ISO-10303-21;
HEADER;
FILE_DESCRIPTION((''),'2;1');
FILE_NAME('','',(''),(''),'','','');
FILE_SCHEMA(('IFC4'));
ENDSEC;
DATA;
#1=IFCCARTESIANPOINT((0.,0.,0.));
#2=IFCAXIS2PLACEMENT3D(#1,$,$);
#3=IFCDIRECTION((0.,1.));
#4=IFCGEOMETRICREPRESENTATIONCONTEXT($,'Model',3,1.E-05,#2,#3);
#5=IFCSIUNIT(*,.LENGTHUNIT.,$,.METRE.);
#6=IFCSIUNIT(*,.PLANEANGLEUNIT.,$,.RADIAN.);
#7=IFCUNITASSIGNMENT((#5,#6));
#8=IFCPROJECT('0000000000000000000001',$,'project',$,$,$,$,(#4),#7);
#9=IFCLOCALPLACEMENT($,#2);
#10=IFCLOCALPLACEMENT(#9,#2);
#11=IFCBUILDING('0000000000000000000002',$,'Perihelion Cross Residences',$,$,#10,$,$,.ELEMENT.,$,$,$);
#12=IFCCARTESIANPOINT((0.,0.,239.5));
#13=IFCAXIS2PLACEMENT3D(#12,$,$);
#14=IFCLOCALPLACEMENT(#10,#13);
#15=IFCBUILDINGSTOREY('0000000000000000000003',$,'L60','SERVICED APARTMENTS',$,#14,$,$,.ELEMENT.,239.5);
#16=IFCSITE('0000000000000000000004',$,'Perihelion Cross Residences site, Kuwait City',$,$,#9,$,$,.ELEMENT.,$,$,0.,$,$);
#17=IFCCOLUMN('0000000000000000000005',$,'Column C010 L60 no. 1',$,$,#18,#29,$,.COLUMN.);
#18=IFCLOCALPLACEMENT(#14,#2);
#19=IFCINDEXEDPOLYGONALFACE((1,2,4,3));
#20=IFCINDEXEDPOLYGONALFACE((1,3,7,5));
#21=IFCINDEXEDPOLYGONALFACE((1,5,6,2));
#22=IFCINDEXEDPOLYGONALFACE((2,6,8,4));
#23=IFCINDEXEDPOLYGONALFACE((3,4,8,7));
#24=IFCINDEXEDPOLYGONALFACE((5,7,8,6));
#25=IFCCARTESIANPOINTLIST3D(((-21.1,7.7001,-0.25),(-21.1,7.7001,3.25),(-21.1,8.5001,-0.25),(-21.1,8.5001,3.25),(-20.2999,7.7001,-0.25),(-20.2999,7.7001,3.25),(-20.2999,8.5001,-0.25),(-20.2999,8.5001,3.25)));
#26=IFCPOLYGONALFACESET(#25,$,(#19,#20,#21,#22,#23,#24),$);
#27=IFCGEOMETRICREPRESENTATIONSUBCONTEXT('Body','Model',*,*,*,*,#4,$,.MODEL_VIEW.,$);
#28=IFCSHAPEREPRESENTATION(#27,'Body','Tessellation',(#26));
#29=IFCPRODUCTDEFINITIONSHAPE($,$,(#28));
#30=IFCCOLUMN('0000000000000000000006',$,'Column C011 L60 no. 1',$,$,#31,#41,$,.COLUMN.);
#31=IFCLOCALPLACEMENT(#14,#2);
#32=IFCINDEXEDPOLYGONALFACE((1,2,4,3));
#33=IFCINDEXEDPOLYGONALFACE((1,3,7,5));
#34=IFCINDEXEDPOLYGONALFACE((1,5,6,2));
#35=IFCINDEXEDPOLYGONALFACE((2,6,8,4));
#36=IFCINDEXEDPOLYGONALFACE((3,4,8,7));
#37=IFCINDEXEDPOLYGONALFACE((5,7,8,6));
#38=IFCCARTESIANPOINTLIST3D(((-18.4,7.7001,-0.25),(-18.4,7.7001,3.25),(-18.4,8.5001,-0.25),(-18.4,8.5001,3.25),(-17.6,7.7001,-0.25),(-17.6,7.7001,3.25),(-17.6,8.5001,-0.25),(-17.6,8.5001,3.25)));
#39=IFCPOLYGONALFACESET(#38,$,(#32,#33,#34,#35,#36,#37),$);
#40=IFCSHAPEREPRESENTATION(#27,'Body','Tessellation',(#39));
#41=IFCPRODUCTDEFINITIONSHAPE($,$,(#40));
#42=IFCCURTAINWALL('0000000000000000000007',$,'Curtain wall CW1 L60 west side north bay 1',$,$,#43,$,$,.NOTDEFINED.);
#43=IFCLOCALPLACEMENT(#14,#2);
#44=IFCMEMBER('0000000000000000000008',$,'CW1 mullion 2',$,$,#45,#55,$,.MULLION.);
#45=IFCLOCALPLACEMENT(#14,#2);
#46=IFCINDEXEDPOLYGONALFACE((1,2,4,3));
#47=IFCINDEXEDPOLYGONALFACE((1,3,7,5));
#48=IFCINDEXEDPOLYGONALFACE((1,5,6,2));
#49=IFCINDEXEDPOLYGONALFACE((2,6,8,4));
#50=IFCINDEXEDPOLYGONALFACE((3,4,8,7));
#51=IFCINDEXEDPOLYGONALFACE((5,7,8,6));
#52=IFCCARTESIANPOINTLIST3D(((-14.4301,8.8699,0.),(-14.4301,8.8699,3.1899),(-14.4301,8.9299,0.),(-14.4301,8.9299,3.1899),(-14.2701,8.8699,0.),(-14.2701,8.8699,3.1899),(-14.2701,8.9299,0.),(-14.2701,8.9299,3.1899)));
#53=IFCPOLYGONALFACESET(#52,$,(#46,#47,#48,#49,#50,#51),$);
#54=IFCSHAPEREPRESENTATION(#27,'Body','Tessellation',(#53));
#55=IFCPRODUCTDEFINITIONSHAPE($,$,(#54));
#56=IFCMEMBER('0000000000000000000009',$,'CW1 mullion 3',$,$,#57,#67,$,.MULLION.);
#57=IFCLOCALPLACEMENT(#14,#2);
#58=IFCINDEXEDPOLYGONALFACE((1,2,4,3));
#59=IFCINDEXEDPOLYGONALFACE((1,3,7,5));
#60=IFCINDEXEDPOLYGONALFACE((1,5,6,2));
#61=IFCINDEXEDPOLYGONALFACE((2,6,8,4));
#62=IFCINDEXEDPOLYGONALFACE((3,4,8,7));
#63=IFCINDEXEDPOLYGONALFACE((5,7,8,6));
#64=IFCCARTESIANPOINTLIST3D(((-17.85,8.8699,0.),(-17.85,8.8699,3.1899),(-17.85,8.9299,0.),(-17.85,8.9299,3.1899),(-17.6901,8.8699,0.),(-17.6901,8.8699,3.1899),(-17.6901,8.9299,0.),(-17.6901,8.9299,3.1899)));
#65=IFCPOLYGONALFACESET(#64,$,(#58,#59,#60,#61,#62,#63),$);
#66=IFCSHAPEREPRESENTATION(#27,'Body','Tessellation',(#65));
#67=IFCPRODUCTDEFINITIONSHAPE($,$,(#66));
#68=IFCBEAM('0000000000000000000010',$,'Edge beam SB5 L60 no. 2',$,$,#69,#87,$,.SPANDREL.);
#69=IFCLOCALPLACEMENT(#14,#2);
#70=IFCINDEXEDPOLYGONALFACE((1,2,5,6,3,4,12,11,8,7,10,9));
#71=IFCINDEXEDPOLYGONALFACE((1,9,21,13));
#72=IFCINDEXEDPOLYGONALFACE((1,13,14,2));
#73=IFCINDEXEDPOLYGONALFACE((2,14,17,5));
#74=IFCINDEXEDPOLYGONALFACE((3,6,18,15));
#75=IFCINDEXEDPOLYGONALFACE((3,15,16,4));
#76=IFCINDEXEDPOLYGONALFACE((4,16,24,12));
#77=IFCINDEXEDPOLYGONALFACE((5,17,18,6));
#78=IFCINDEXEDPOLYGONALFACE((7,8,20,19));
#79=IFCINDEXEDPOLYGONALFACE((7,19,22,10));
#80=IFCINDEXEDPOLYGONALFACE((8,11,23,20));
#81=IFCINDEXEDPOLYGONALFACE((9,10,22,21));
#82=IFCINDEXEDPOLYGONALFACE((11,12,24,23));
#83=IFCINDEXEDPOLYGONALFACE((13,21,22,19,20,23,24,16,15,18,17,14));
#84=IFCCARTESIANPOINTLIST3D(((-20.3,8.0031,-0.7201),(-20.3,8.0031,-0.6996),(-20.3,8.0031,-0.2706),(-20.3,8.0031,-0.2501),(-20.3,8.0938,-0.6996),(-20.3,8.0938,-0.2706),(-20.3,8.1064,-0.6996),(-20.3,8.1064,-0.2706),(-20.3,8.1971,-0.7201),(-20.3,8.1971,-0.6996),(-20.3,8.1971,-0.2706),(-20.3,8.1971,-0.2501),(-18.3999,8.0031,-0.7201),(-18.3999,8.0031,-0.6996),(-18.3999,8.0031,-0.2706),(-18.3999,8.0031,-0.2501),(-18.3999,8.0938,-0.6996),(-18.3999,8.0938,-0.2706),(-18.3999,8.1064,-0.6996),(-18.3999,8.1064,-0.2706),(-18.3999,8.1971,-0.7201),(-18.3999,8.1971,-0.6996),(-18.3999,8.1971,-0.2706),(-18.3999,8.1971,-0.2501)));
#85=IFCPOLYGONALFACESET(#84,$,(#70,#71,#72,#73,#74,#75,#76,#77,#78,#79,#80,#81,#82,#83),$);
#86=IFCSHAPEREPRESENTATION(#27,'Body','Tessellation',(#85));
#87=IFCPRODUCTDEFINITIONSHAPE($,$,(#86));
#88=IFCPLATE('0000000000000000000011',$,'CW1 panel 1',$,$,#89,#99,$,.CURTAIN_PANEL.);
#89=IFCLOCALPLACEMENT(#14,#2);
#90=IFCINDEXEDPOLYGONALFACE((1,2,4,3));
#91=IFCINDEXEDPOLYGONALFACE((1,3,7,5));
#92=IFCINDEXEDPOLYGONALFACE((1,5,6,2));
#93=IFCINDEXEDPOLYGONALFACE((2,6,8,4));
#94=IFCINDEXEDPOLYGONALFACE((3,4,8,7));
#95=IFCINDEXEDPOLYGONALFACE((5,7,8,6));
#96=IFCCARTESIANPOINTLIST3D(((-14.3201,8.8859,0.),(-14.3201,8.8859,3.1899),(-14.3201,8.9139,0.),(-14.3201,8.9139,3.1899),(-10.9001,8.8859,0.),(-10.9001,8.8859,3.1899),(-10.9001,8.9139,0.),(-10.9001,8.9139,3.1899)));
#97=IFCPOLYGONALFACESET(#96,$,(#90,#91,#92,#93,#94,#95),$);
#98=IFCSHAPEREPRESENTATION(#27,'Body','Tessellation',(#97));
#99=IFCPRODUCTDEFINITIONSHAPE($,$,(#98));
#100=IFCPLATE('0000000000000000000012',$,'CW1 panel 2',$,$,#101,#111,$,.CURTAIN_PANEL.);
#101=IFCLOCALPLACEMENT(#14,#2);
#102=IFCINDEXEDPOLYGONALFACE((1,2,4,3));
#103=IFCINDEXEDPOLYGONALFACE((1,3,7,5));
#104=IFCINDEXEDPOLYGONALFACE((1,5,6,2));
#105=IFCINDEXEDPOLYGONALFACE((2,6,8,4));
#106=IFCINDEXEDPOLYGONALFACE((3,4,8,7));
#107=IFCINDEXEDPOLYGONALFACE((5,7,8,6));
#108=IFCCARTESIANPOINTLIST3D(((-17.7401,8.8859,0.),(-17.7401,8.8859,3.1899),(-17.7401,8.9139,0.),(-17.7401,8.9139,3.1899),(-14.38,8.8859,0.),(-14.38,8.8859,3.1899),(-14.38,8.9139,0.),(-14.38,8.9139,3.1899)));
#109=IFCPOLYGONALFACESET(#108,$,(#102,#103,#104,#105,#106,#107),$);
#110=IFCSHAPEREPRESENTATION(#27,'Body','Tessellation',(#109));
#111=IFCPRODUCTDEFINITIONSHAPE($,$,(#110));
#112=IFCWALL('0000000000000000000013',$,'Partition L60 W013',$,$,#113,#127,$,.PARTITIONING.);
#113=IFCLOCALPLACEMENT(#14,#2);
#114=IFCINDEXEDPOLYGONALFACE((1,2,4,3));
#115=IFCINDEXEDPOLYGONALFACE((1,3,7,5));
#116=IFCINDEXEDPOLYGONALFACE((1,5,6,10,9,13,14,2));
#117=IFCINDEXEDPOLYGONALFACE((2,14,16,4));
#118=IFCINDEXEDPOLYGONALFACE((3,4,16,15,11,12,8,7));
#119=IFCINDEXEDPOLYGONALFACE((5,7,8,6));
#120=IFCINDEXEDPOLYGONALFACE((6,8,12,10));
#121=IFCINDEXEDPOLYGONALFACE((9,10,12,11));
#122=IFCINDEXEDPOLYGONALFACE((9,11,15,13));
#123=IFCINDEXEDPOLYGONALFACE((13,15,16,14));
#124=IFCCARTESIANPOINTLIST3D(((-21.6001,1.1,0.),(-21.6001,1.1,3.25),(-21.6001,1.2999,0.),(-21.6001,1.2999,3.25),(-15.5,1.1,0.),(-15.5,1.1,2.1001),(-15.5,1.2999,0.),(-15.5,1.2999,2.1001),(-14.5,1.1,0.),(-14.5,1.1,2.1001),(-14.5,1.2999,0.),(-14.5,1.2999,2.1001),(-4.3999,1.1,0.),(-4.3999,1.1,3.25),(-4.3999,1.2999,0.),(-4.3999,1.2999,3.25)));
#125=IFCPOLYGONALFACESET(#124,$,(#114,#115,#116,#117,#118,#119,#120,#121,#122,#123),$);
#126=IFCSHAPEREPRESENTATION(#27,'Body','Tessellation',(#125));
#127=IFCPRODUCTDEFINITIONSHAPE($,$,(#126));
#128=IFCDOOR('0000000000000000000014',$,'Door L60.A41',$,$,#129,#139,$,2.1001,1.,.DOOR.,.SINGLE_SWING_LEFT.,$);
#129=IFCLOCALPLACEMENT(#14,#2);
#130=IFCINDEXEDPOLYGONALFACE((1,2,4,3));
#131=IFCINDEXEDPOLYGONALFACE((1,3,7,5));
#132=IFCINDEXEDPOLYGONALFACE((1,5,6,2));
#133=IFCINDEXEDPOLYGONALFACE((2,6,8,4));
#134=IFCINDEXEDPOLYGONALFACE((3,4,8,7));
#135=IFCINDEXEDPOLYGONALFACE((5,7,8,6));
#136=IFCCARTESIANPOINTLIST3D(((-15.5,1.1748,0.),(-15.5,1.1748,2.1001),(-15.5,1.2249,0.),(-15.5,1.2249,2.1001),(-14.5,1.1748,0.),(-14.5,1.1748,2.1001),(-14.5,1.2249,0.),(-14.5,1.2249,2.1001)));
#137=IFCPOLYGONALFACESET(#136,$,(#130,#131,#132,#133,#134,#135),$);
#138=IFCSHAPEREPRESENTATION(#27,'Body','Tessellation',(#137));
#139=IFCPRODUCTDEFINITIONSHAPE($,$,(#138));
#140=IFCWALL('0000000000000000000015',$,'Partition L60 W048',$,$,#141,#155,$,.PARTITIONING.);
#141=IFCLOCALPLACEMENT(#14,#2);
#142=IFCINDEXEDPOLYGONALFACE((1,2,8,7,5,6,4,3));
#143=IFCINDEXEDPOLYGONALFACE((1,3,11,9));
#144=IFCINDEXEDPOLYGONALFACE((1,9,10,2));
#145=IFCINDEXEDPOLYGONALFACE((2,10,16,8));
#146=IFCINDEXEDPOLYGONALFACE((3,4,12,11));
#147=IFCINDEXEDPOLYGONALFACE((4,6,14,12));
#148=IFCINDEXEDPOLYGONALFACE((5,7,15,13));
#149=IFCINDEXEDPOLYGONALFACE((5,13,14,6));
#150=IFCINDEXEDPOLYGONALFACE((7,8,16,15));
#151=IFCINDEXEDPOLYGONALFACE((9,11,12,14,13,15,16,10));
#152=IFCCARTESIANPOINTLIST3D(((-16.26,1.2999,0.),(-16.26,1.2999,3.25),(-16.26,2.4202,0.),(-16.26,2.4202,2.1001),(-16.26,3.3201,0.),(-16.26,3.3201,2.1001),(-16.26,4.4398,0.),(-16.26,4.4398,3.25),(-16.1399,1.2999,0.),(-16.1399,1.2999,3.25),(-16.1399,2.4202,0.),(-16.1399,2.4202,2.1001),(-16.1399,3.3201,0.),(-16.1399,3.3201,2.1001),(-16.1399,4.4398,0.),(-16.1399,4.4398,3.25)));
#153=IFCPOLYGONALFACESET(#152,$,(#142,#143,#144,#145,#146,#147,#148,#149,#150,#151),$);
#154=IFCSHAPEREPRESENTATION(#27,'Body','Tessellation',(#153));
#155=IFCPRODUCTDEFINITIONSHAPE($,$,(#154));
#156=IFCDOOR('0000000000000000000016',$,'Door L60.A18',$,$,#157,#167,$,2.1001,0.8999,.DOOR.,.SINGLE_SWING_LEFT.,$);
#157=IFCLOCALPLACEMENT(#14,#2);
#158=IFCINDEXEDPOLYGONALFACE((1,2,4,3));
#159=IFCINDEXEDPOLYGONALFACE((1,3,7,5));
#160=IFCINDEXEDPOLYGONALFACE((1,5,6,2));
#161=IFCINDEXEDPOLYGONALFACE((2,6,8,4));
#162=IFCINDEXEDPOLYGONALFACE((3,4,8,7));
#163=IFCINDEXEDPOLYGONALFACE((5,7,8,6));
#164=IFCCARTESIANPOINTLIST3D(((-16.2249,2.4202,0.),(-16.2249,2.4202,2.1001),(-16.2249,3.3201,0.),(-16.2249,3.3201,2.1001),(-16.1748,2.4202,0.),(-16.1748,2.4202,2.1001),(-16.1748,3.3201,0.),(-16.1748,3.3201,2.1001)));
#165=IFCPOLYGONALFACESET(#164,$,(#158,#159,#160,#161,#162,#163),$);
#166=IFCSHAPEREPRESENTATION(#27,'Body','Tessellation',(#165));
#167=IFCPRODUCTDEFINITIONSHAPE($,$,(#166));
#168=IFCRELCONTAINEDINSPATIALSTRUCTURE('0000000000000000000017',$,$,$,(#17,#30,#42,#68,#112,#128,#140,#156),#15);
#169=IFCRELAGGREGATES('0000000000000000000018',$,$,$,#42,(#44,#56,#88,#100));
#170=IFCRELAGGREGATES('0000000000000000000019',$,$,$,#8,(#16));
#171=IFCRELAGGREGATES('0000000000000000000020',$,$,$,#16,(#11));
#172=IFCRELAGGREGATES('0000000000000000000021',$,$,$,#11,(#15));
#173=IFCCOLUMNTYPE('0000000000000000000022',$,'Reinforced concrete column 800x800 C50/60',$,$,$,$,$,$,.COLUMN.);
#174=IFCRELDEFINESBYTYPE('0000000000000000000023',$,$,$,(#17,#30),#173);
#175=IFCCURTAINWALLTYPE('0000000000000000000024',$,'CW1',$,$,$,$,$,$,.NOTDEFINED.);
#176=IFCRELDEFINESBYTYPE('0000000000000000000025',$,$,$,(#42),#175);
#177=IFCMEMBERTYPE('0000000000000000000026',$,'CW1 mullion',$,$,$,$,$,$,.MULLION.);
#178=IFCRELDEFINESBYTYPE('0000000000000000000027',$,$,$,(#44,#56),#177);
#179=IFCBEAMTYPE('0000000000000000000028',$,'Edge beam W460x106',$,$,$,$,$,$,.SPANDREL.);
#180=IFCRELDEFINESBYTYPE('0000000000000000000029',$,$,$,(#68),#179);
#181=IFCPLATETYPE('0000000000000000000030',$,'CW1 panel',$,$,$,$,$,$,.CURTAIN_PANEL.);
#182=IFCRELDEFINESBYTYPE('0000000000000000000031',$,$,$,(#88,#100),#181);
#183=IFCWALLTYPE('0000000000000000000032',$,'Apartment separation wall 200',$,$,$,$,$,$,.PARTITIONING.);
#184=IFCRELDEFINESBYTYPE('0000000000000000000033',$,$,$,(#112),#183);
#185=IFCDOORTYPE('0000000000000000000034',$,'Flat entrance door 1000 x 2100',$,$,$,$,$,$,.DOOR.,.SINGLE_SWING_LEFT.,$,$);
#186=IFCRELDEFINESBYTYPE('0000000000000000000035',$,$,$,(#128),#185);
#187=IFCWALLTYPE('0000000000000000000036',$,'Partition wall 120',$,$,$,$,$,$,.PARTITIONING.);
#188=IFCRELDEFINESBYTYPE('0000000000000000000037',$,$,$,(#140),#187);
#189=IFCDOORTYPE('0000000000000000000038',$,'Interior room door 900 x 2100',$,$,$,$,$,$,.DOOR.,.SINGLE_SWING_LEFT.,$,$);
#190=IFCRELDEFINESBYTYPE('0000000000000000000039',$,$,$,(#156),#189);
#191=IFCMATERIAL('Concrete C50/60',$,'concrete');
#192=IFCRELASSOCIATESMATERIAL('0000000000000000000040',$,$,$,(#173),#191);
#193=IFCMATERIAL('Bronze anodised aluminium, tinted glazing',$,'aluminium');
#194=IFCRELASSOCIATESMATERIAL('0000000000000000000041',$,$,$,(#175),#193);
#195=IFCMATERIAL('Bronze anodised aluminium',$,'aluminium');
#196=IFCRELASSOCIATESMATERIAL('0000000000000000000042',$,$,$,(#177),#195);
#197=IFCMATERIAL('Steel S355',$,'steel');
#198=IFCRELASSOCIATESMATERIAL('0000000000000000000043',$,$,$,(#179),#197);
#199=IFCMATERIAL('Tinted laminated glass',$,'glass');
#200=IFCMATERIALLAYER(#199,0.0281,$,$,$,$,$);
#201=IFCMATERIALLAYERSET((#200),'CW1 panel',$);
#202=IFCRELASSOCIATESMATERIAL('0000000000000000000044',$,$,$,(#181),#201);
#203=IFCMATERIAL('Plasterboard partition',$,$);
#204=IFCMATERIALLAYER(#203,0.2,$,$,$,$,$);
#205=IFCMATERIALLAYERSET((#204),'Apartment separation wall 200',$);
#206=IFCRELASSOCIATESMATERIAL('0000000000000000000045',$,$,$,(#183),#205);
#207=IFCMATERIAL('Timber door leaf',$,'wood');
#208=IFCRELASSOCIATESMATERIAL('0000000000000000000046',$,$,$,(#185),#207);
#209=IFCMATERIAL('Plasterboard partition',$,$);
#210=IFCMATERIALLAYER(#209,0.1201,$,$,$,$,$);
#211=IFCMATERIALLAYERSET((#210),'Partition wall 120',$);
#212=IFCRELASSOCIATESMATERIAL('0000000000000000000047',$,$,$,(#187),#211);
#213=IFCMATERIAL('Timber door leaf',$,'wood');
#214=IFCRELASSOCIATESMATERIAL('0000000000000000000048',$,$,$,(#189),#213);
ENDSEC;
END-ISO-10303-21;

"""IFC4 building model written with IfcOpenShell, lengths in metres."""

from ifc_helpers import new_model, si_unit, direction, frame, frame_2d, origin, origin_2d, place, context, subcontext, project, spatial, rectangle, i_section, extrude, material, layer, layer_set, material_profile, profile_set, type_object, element, fill, aggregate, save


model = new_model("IFC4")

# Units and contexts
model_context = context("Model", 3, precision=1e-05, world=origin(), true_north=direction((0.0, 1.0)))
body_context = subcontext(model_context, "Body", "Model", "MODEL_VIEW")
ifc_project = project(units=[si_unit("LENGTHUNIT", "METRE"), si_unit("PLANEANGLEUNIT", "RADIAN")], contexts=[model_context])

# Site, building, storey
site_placement = place(None, origin())
site = spatial("IfcSite", under=ifc_project, at=site_placement, Name="Perihelion Cross Residences site, Kuwait City", CompositionType="ELEMENT", RefElevation=0.0)
building_placement = place(site_placement, origin())
building = spatial("IfcBuilding", under=site, at=building_placement, Name="Perihelion Cross Residences", CompositionType="ELEMENT")
storey_placement = place(building_placement, frame((0.0, 0.0, 239.5)))
storey = spatial("IfcBuildingStorey", under=building, at=storey_placement, Name="L60", Description="SERVICED APARTMENTS", CompositionType="ELEMENT", Elevation=239.5)

# Columns
ifc_material_1 = material(Name="Concrete C50/60", Category="concrete")
ifc_material_profile_1 = material_profile(ifc_material_1, rectangle(XDim=0.8, YDim=0.8, at=origin_2d()), Name="RC 800x800")
ifc_profile_set_1 = profile_set([ifc_material_profile_1], Name="Concrete C50/60")
column_type = type_object("IfcColumnType", Name="Reinforced concrete column 800x800 C50/60", PredefinedType="COLUMN", material=ifc_profile_set_1)
for number, where, z_axis, x_axis, name in (
    (1, (-20.7, 8.1001, -0.25), (0.0, 0.0, 1.0), (1.0, 0.0, 0.0), "Column C010 L60 no. 1"),
    (2, (-18.0, 8.1001, -0.25), (0.0, 0.0, 1.0), (1.0, 0.0, 0.0), "Column C011 L60 no. 1"),
):
    element("IfcColumn", number, at=place(storey_placement, frame(where, z_axis=z_axis, x_axis=x_axis)), inside=storey, type_object=column_type, Name=name, PredefinedType="COLUMN", context=body_context, shape_type="SweptSolid", body=[
        extrude(rectangle(XDim=0.8, YDim=0.8, at=origin_2d()), origin(), (0.0, 0.0, 1.0), 3.5),
    ])

# Curtain wall, members
ifc_material_2 = material(Name="Bronze anodised aluminium, tinted glazing", Category="aluminium")
curtain_wall_type = type_object("IfcCurtainWallType", Name="CW1", PredefinedType="NOTDEFINED", material=ifc_material_2)
curtain_wall_placement = place(storey_placement, origin())
curtain_wall = element("IfcCurtainWall", 3, at=curtain_wall_placement, inside=storey, type_object=curtain_wall_type, Name="Curtain wall CW1 L60 west side north bay 1", PredefinedType="NOTDEFINED")
ifc_material_3 = material(Name="Bronze anodised aluminium", Category="aluminium")
ifc_material_profile_2 = material_profile(ifc_material_3, rectangle(XDim=0.0601, YDim=0.1599, at=origin_2d()), Name="CW1 mullion")
ifc_profile_set_2 = profile_set([ifc_material_profile_2], Name="Bronze anodised aluminium")
member_type = type_object("IfcMemberType", Name="CW1 mullion", PredefinedType="MULLION", material=ifc_profile_set_2)
member_1_placement = place(storey_placement, frame((-14.3501, 8.8999, 0.0), z_axis=(0.0, 0.0, 1.0), x_axis=(0.0, -1.0, 0.0)))
member_1 = element("IfcMember", 4, at=member_1_placement, type_object=member_type, Name="CW1 mullion 2", PredefinedType="MULLION", context=body_context, shape_type="SweptSolid", body=[
    extrude(rectangle(XDim=0.0601, YDim=0.1599, at=origin_2d()), origin(), (0.0, 0.0, 1.0), 3.1899),
])
member_2_placement = place(storey_placement, frame((-17.77, 8.8999, 0.0), z_axis=(0.0, 0.0, 1.0), x_axis=(0.0, -1.0, 0.0)))
member_2 = element("IfcMember", 5, at=member_2_placement, type_object=member_type, Name="CW1 mullion 3", PredefinedType="MULLION", context=body_context, shape_type="SweptSolid", body=[
    extrude(rectangle(XDim=0.0601, YDim=0.1599, at=origin_2d()), origin(), (0.0, 0.0, 1.0), 3.1899),
])

# Beam
ifc_material_4 = material(Name="Steel S355", Category="steel")
ifc_material_profile_3 = material_profile(ifc_material_4, i_section(OverallWidth=0.1941, OverallDepth=0.47, WebThickness=0.0127, FlangeThickness=0.0205, at=origin_2d()), Name="W460x106")
ifc_profile_set_3 = profile_set([ifc_material_profile_3], Name="Steel S355")
beam_type = type_object("IfcBeamType", Name="Edge beam W460x106", PredefinedType="SPANDREL", material=ifc_profile_set_3)
beam_placement = place(storey_placement, frame((-18.3999, 8.1001, -0.4851), z_axis=(-1.0, 0.0, 0.0), x_axis=(0.0, -1.0, 0.0)))
element("IfcBeam", 6, at=beam_placement, inside=storey, type_object=beam_type, Name="Edge beam SB5 L60 no. 2", PredefinedType="SPANDREL", context=body_context, shape_type="SweptSolid", body=[
    extrude(i_section(OverallWidth=0.1941, OverallDepth=0.47, WebThickness=0.0127, FlangeThickness=0.0205, at=origin_2d()), origin(), (0.0, 0.0, 1.0), 1.9001),
])

# Plates
ifc_material_5 = material(Name="Tinted laminated glass", Category="glass")
ifc_layer_1 = layer(ifc_material_5, 0.0281)
ifc_layer_set_1 = layer_set([ifc_layer_1], Name="CW1 panel")
plate_type = type_object("IfcPlateType", Name="CW1 panel", PredefinedType="CURTAIN_PANEL", material=ifc_layer_set_1)
plate_1_placement = place(storey_placement, frame((-12.6101, 8.8999, 0.0), z_axis=(0.0, 0.0, 1.0), x_axis=(-1.0, 0.0, 0.0)))
plate_1 = element("IfcPlate", 7, at=plate_1_placement, type_object=plate_type, Name="CW1 panel 1", PredefinedType="CURTAIN_PANEL", context=body_context, shape_type="SweptSolid", body=[
    extrude(rectangle(XDim=3.4199, YDim=0.0281, at=origin_2d()), origin(), (0.0, 0.0, 1.0), 3.1899),
])
plate_2_placement = place(storey_placement, frame((-16.0601, 8.8999, 0.0), z_axis=(0.0, 0.0, 1.0), x_axis=(-1.0, 0.0, 0.0)))
plate_2 = element("IfcPlate", 8, at=plate_2_placement, type_object=plate_type, Name="CW1 panel 2", PredefinedType="CURTAIN_PANEL", context=body_context, shape_type="SweptSolid", body=[
    extrude(rectangle(XDim=3.3601, YDim=0.0281, at=origin_2d()), origin(), (0.0, 0.0, 1.0), 3.1899),
])
aggregate(curtain_wall, [member_1, member_2, plate_1, plate_2])

# Walls, openings, doors
ifc_material_6 = material(Name="Plasterboard partition")
ifc_layer_2 = layer(ifc_material_6, 0.2)
ifc_layer_set_2 = layer_set([ifc_layer_2], Name="Apartment separation wall 200")
wall_type_1 = type_object("IfcWallType", Name="Apartment separation wall 200", PredefinedType="PARTITIONING", material=ifc_layer_set_2)
wall_1_placement = place(storey_placement, frame((-21.6001, 1.2, 0.0), z_axis=(0.0, 0.0, 1.0), x_axis=(1.0, 0.0, 0.0)))
wall_1 = element("IfcWall", 9, at=wall_1_placement, inside=storey, type_object=wall_type_1, Name="Partition L60 W013", PredefinedType="PARTITIONING", context=body_context, shape_type="SweptSolid", body=[
    extrude(rectangle(XDim=17.2002, YDim=0.2, at=frame_2d((8.6001, 0.0))), origin(), (0.0, 0.0, 1.0), 3.25),
])
opening_1_placement = place(wall_1_placement, frame((6.1001, 0.0, 0.0)))
opening_1 = element("IfcOpeningElement", 10, at=opening_1_placement, cuts=wall_1, PredefinedType="OPENING", context=body_context, shape_type="SweptSolid", body=[
    extrude(rectangle(XDim=1.0, YDim=2.1001, at=frame_2d((0.5, 1.05))), frame((0.0, 0.1099, 0.0), z_axis=(0.0, -1.0, 0.0), x_axis=(1.0, 0.0, 0.0)), (0.0, 0.0, 1.0), 0.22),
])
ifc_material_7 = material(Name="Timber door leaf", Category="wood")
door_type_1 = type_object("IfcDoorType", Name="Flat entrance door 1000 x 2100", OperationType="SINGLE_SWING_LEFT", PredefinedType="DOOR", material=ifc_material_7)
door_1_placement = place(opening_1_placement, origin())
door_1 = element("IfcDoor", 11, at=door_1_placement, inside=storey, type_object=door_type_1, Name="Door L60.A41", OperationType="SINGLE_SWING_LEFT", OverallHeight=2.1001, OverallWidth=1.0, PredefinedType="DOOR", context=body_context, shape_type="SweptSolid", body=[
    extrude(rectangle(XDim=1.0, YDim=2.1001, at=frame_2d((0.5, 1.05))), frame((0.0, 0.0249, 0.0), z_axis=(0.0, -1.0, 0.0), x_axis=(1.0, 0.0, 0.0)), (0.0, 0.0, 1.0), 0.05),
])
fill(opening_1, door_1)
ifc_material_8 = material(Name="Plasterboard partition")
ifc_layer_3 = layer(ifc_material_8, 0.1201)
ifc_layer_set_3 = layer_set([ifc_layer_3], Name="Partition wall 120")
wall_type_2 = type_object("IfcWallType", Name="Partition wall 120", PredefinedType="PARTITIONING", material=ifc_layer_set_3)
wall_2_placement = place(storey_placement, frame((-16.2, 1.3, 0.0), z_axis=(0.0, 0.0, 1.0), x_axis=(0.0, 1.0, 0.0)))
wall_2 = element("IfcWall", 12, at=wall_2_placement, inside=storey, type_object=wall_type_2, Name="Partition L60 W048", PredefinedType="PARTITIONING", context=body_context, shape_type="SweptSolid", body=[
    extrude(rectangle(XDim=3.1399, YDim=0.1201, at=frame_2d((1.5698, 0.0))), origin(), (0.0, 0.0, 1.0), 3.25),
])
opening_2_placement = place(wall_2_placement, frame((1.1201, 0.0, 0.0)))
opening_2 = element("IfcOpeningElement", 13, at=opening_2_placement, cuts=wall_2, PredefinedType="OPENING", context=body_context, shape_type="SweptSolid", body=[
    extrude(rectangle(XDim=0.8999, YDim=2.1001, at=frame_2d((0.45, 1.05))), frame((0.0, 0.0701, 0.0), z_axis=(0.0, -1.0, 0.0), x_axis=(1.0, 0.0, 0.0)), (0.0, 0.0, 1.0), 0.1401),
])
ifc_material_9 = material(Name="Timber door leaf", Category="wood")
door_type_2 = type_object("IfcDoorType", Name="Interior room door 900 x 2100", OperationType="SINGLE_SWING_LEFT", PredefinedType="DOOR", material=ifc_material_9)
door_2_placement = place(opening_2_placement, origin())
door_2 = element("IfcDoor", 14, at=door_2_placement, inside=storey, type_object=door_type_2, Name="Door L60.A18", OperationType="SINGLE_SWING_LEFT", OverallHeight=2.1001, OverallWidth=0.8999, PredefinedType="DOOR", context=body_context, shape_type="SweptSolid", body=[
    extrude(rectangle(XDim=0.8999, YDim=2.1001, at=frame_2d((0.45, 1.05))), frame((0.0, 0.0249, 0.0), z_axis=(0.0, -1.0, 0.0), x_axis=(1.0, 0.0, 0.0)), (0.0, 0.0, 1.0), 0.05),
])
fill(opening_2, door_2)

save(model, "model.ifc")
